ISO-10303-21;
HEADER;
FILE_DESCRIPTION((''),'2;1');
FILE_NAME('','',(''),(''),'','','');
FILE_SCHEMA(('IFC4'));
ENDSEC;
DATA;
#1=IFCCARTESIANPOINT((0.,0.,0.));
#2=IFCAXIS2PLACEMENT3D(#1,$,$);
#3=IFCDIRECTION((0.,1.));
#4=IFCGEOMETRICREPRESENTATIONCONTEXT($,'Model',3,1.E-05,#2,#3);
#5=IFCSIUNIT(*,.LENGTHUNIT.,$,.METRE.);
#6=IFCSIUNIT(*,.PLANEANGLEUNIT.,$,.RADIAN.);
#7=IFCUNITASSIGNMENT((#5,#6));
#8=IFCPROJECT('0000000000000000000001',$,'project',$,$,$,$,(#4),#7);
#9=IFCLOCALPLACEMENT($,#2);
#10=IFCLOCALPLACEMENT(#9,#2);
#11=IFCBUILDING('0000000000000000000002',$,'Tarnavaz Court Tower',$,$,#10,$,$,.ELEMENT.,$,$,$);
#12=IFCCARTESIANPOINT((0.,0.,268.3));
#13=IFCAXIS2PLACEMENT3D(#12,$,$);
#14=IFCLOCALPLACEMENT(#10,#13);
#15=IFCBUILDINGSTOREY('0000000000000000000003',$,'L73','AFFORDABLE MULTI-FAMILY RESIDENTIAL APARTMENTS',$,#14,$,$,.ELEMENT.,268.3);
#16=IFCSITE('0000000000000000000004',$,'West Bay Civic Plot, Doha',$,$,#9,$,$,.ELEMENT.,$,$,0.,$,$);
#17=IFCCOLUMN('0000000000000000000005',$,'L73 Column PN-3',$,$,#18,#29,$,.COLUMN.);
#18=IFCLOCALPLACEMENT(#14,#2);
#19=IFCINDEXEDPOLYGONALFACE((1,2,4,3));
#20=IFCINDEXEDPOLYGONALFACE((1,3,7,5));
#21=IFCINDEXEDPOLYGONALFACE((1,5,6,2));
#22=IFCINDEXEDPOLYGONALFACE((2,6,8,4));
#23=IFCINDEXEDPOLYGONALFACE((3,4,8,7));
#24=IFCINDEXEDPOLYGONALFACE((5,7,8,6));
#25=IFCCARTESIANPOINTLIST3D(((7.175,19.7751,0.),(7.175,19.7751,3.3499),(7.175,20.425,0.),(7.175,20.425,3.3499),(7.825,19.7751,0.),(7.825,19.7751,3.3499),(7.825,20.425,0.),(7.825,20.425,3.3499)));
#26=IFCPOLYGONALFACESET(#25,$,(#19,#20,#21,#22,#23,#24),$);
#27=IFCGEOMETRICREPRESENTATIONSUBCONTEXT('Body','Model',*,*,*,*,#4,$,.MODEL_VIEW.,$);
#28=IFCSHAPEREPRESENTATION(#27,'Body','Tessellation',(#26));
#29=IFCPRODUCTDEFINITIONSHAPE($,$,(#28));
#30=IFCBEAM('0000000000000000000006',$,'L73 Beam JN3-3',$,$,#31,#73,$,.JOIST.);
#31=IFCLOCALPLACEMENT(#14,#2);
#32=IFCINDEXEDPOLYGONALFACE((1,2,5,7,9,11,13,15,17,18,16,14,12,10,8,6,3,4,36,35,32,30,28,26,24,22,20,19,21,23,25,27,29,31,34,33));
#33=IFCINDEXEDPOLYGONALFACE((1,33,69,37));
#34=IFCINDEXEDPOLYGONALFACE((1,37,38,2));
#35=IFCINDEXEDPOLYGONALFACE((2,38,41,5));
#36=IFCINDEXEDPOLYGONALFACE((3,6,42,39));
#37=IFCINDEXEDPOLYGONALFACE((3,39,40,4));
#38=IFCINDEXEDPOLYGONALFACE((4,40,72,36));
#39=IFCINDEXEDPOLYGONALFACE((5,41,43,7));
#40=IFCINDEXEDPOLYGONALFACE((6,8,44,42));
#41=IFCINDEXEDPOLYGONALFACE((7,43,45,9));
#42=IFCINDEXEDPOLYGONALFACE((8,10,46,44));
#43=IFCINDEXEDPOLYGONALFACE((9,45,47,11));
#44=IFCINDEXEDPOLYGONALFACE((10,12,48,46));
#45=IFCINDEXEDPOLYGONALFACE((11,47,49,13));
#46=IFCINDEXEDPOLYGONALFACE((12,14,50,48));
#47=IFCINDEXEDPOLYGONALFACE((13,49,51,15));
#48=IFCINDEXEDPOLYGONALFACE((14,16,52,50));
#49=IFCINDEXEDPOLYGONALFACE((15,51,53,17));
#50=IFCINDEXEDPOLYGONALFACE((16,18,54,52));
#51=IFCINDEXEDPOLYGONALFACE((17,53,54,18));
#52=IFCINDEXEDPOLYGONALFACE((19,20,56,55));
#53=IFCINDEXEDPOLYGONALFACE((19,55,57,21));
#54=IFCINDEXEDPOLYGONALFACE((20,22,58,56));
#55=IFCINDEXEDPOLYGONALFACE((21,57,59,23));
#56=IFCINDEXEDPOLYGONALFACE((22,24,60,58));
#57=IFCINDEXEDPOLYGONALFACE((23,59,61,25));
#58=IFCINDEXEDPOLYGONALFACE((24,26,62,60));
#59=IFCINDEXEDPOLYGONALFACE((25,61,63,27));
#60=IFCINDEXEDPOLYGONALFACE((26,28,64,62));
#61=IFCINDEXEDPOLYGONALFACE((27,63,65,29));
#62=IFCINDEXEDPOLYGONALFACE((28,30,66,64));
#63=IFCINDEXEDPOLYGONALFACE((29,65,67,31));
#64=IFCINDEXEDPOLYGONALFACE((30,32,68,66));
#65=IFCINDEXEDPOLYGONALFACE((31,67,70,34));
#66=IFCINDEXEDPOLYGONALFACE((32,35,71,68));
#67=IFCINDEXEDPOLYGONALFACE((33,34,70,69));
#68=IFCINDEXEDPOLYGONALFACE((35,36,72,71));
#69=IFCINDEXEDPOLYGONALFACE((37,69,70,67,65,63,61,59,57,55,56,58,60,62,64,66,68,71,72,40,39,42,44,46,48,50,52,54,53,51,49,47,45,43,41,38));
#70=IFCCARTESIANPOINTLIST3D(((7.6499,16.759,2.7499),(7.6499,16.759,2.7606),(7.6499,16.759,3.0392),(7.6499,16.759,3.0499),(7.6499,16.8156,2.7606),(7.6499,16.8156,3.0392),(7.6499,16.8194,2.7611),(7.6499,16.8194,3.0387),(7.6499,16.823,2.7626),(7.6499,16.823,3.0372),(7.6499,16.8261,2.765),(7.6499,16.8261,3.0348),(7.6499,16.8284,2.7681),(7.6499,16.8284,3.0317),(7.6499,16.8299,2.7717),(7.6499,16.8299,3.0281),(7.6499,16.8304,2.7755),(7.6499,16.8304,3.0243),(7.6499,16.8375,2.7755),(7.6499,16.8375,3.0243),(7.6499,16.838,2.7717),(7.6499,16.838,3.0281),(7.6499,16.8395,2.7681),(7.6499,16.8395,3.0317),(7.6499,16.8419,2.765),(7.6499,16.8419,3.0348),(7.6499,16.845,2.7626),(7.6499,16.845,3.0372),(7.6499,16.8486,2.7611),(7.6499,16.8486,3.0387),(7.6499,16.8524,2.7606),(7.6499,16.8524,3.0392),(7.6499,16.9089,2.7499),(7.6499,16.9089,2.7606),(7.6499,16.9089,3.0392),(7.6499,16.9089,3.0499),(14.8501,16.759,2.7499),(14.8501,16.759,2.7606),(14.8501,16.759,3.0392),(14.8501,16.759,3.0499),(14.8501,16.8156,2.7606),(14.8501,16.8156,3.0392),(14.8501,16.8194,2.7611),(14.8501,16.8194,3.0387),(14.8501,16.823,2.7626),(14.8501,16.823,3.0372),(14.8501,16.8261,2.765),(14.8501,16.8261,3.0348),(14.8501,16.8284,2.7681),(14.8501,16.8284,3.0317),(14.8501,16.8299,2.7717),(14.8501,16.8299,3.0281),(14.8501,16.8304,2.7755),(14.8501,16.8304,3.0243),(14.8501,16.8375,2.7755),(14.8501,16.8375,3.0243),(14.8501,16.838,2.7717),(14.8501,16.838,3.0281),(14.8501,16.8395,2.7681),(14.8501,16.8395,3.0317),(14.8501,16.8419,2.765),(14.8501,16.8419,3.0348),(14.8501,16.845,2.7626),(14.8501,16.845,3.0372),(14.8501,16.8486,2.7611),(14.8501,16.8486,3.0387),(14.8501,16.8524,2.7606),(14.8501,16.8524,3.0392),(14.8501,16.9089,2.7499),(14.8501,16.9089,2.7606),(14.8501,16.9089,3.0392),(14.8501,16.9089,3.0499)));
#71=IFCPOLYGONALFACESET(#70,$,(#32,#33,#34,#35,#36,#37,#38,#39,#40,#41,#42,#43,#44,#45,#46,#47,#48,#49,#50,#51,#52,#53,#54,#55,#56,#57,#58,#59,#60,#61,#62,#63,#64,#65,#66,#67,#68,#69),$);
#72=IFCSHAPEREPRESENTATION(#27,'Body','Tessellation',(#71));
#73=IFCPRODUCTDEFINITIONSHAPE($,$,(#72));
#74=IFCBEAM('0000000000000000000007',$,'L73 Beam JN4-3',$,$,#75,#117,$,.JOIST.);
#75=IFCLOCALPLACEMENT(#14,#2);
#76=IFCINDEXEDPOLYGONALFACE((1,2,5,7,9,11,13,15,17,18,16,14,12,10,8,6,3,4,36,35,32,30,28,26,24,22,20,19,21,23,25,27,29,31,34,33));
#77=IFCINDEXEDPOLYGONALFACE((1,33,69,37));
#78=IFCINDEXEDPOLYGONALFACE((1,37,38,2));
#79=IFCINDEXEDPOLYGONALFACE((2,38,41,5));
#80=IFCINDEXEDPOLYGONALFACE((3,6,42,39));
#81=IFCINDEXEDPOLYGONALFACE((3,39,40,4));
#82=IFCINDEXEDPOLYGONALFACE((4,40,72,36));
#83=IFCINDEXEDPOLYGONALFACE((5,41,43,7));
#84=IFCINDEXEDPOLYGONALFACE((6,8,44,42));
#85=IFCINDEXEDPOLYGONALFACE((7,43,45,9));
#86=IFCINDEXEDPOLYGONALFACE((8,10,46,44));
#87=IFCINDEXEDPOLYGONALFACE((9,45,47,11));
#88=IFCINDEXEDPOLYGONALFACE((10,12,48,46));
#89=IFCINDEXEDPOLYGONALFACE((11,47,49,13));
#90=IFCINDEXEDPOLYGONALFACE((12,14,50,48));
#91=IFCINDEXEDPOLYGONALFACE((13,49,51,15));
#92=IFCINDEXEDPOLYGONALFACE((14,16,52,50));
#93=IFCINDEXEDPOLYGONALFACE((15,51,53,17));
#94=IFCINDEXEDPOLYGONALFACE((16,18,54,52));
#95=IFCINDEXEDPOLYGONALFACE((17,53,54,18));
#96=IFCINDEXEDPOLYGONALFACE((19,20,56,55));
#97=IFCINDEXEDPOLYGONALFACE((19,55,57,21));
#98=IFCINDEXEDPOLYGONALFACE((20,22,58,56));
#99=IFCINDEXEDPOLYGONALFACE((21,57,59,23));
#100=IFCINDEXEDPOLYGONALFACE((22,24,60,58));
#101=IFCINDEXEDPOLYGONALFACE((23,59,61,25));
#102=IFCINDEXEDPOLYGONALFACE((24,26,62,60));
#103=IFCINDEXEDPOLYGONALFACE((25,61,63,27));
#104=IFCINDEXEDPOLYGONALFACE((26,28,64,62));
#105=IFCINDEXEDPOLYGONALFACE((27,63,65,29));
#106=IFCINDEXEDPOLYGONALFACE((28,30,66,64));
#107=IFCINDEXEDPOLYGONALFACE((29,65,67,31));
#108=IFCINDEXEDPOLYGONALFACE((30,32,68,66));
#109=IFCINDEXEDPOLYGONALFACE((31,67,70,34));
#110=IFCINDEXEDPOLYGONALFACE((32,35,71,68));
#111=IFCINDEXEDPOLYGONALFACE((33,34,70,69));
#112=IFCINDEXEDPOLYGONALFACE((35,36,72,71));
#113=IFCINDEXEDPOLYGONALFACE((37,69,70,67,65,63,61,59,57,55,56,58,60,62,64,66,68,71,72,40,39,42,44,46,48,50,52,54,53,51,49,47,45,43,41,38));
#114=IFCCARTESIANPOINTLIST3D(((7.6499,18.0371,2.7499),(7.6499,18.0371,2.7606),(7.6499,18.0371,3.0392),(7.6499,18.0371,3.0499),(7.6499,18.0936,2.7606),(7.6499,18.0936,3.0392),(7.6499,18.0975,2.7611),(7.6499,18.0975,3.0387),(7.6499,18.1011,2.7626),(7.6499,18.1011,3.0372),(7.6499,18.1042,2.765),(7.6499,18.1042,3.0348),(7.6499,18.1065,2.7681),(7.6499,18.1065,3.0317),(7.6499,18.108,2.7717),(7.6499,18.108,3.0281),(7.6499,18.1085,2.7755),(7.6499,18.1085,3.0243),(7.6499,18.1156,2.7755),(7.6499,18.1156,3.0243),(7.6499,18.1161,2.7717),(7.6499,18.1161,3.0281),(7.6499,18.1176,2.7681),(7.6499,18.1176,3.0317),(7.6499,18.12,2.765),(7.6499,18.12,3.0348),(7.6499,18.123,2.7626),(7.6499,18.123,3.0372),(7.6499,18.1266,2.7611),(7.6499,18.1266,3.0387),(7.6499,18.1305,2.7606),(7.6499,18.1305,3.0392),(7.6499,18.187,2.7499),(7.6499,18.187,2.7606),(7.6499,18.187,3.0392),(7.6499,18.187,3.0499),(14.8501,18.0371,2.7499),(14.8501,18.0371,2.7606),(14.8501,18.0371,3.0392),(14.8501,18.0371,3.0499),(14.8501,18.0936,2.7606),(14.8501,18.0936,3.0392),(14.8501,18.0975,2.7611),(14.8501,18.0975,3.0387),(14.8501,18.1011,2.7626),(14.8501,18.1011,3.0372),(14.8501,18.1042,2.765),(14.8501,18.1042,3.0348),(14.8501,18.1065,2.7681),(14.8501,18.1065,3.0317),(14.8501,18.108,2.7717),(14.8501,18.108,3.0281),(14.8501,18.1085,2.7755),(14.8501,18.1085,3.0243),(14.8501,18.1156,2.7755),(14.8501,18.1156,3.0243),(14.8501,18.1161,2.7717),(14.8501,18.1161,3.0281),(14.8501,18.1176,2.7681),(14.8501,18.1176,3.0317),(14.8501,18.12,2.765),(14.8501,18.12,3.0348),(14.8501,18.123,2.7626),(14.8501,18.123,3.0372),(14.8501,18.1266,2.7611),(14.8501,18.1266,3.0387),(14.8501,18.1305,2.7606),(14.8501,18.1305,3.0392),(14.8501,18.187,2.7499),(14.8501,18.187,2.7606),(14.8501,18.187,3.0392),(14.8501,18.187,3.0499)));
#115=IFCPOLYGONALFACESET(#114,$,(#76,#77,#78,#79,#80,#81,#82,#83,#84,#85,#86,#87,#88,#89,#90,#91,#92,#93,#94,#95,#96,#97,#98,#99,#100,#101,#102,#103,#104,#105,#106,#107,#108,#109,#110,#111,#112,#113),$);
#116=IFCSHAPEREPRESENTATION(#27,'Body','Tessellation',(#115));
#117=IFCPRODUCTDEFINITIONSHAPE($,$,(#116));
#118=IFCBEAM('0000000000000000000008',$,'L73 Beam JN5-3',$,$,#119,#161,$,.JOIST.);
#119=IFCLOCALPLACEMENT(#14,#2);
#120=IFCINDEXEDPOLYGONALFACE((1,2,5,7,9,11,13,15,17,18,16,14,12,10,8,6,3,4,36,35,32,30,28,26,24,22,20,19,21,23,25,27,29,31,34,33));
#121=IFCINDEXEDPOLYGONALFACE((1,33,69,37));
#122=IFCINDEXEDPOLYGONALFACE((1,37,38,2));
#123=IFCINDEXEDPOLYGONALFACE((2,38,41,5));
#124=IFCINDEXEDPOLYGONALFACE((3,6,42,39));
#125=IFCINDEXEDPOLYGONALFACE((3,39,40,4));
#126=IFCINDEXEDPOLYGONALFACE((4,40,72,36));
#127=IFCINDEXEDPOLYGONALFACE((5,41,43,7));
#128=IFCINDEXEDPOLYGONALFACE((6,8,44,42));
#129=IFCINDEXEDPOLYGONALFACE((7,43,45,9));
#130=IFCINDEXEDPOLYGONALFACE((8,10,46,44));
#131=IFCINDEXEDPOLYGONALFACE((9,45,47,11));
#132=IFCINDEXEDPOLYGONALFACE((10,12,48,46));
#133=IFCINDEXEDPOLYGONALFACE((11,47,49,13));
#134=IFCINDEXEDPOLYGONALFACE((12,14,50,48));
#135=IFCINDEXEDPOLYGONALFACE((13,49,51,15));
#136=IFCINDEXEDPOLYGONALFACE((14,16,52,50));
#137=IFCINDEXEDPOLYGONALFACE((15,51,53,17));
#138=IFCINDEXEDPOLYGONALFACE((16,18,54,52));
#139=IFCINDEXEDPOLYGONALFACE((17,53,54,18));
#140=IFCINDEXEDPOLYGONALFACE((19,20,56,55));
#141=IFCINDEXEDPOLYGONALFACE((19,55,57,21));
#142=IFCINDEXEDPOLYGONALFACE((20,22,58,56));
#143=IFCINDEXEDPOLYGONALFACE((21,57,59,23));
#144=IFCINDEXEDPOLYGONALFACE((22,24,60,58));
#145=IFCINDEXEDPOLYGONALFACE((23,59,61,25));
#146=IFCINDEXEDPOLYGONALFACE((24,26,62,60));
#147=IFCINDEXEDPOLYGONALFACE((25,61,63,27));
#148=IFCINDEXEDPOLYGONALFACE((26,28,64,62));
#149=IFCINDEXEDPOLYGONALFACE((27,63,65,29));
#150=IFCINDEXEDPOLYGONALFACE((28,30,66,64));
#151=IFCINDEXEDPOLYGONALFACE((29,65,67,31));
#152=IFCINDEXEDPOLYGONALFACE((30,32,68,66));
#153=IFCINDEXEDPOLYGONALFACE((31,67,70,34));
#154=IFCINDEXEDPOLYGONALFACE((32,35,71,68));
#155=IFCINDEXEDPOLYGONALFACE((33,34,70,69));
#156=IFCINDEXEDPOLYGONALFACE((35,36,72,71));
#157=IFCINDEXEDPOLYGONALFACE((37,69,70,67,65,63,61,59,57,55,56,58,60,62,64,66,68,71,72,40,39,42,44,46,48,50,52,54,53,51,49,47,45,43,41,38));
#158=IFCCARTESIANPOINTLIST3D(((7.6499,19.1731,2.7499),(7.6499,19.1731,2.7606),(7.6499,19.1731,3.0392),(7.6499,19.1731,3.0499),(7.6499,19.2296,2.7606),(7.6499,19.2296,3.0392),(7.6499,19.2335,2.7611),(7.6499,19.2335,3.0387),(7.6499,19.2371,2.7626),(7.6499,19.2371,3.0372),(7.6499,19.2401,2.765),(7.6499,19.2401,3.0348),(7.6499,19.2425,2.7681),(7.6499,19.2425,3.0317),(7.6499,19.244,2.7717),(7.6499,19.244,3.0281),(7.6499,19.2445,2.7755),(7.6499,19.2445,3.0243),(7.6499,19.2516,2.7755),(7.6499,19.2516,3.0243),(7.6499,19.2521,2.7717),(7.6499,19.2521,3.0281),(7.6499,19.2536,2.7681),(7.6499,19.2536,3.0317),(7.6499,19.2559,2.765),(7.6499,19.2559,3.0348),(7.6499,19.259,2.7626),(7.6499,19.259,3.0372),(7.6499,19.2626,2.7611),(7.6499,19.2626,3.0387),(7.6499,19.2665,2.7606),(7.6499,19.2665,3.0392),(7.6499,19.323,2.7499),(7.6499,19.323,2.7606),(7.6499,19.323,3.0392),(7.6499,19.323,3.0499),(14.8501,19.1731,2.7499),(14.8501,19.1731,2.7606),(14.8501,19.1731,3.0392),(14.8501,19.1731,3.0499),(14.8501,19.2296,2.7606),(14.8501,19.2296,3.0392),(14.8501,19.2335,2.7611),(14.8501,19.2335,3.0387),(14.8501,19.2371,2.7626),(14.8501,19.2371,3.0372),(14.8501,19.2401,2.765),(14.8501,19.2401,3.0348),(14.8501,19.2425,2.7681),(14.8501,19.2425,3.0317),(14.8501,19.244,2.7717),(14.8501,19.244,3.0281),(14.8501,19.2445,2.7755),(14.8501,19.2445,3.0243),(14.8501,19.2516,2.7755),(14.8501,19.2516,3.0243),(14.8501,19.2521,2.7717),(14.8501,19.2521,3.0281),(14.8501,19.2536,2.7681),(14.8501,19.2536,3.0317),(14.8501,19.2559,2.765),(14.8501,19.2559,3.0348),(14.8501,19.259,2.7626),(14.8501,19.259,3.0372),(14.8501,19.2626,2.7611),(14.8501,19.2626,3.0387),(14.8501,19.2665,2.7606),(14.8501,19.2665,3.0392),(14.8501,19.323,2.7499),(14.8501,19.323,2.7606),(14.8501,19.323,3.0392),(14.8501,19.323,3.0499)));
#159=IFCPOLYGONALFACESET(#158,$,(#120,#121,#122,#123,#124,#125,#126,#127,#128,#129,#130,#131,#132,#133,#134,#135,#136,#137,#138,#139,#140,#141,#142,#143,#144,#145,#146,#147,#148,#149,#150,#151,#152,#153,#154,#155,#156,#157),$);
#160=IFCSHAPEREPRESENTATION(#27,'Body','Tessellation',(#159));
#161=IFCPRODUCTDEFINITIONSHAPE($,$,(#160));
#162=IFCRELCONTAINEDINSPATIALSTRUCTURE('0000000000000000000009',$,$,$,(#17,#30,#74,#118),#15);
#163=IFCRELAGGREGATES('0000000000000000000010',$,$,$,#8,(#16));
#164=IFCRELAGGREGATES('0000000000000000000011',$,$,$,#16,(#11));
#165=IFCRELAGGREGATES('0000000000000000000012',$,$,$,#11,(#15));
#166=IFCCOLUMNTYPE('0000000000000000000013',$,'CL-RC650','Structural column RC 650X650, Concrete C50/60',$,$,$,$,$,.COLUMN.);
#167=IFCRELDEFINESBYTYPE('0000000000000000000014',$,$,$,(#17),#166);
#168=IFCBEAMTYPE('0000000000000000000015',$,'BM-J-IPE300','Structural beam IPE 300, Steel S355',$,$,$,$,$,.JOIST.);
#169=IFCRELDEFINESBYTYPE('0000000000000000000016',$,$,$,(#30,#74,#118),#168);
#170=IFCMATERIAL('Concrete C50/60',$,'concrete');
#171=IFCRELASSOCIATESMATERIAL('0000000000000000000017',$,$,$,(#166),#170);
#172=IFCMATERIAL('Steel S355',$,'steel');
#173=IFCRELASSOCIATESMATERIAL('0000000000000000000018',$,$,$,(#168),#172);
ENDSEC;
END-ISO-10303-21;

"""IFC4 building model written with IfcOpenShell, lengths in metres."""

from ifc_helpers import new_model, si_unit, direction, frame, origin, origin_2d, place, context, subcontext, project, spatial, rectangle, i_section, extrude, material, material_profile, profile_set, type_object, element, save


model = new_model("IFC4")

# Units and contexts
model_context = context("Model", 3, precision=1e-05, world=origin(), true_north=direction((0.0, 1.0)))
body_context = subcontext(model_context, "Body", "Model", "MODEL_VIEW")
ifc_project = project(units=[si_unit("LENGTHUNIT", "METRE"), si_unit("PLANEANGLEUNIT", "RADIAN")], contexts=[model_context])

# Site, building, storey
site_placement = place(None, origin())
site = spatial("IfcSite", under=ifc_project, at=site_placement, Name="West Bay Civic Plot, Doha", CompositionType="ELEMENT", RefElevation=0.0)
building_placement = place(site_placement, origin())
building = spatial("IfcBuilding", under=site, at=building_placement, Name="Tarnavaz Court Tower", CompositionType="ELEMENT")
storey_placement = place(building_placement, frame((0.0, 0.0, 268.3)))
storey = spatial("IfcBuildingStorey", under=building, at=storey_placement, Name="L73", Description="AFFORDABLE MULTI-FAMILY RESIDENTIAL APARTMENTS", CompositionType="ELEMENT", Elevation=268.3)

# Column
ifc_material_1 = material(Name="Concrete C50/60", Category="concrete")
ifc_material_profile_1 = material_profile(ifc_material_1, rectangle(XDim=0.6499, YDim=0.6499, at=origin_2d()), Name="RC 650X650")
ifc_profile_set_1 = profile_set([ifc_material_profile_1], Name="Concrete C50/60")
column_type = type_object("IfcColumnType", Name="CL-RC650", Description="Structural column RC 650X650, Concrete C50/60", PredefinedType="COLUMN", material=ifc_profile_set_1)
column_placement = place(storey_placement, frame((7.5, 20.1001, 0.0), z_axis=(0.0, 0.0, 1.0), x_axis=(1.0, 0.0, 0.0)))
element("IfcColumn", 1, at=column_placement, inside=storey, type_object=column_type, Name="L73 Column PN-3", PredefinedType="COLUMN", context=body_context, shape_type="SweptSolid", body=[
    extrude(rectangle(XDim=0.6499, YDim=0.6499, at=origin_2d()), origin(), (0.0, 0.0, 1.0), 3.3499),
])

# Beams
ifc_material_2 = material(Name="Steel S355", Category="steel")
ifc_material_profile_2 = material_profile(ifc_material_2, i_section(OverallWidth=0.1499, OverallDepth=0.3, WebThickness=0.0071, FlangeThickness=0.0107, FilletRadius=0.0149, at=origin_2d()), Name="IPE 300")
ifc_profile_set_2 = profile_set([ifc_material_profile_2], Name="Steel S355")
beam_type_1 = type_object("IfcBeamType", Name="BM-J-IPE300", Description="Structural beam IPE 300, Steel S355", PredefinedType="JOIST", material=ifc_profile_set_2)
for number, where, z_axis, x_axis, name in (
    (2, (7.6499, 16.834, 2.8999), (1.0, 0.0, 0.0), (0.0, 1.0, 0.0), "L73 Beam JN3-3"),
    (3, (7.6499, 18.1121, 2.8999), (1.0, 0.0, 0.0), (0.0, 1.0, 0.0), "L73 Beam JN4-3"),
    (4, (7.6499, 19.248, 2.8999), (1.0, 0.0, 0.0), (0.0, 1.0, 0.0), "L73 Beam JN5-3"),
):
    element("IfcBeam", number, at=place(storey_placement, frame(where, z_axis=z_axis, x_axis=x_axis)), inside=storey, type_object=beam_type_1, Name=name, PredefinedType="JOIST", context=body_context, shape_type="SweptSolid", body=[
        extrude(i_section(OverallWidth=0.1499, OverallDepth=0.3, WebThickness=0.0071, FlangeThickness=0.0107, FilletRadius=0.0149, at=origin_2d()), origin(), (0.0, 0.0, 1.0), 7.2002),
    ])

save(model, "model.ifc")
